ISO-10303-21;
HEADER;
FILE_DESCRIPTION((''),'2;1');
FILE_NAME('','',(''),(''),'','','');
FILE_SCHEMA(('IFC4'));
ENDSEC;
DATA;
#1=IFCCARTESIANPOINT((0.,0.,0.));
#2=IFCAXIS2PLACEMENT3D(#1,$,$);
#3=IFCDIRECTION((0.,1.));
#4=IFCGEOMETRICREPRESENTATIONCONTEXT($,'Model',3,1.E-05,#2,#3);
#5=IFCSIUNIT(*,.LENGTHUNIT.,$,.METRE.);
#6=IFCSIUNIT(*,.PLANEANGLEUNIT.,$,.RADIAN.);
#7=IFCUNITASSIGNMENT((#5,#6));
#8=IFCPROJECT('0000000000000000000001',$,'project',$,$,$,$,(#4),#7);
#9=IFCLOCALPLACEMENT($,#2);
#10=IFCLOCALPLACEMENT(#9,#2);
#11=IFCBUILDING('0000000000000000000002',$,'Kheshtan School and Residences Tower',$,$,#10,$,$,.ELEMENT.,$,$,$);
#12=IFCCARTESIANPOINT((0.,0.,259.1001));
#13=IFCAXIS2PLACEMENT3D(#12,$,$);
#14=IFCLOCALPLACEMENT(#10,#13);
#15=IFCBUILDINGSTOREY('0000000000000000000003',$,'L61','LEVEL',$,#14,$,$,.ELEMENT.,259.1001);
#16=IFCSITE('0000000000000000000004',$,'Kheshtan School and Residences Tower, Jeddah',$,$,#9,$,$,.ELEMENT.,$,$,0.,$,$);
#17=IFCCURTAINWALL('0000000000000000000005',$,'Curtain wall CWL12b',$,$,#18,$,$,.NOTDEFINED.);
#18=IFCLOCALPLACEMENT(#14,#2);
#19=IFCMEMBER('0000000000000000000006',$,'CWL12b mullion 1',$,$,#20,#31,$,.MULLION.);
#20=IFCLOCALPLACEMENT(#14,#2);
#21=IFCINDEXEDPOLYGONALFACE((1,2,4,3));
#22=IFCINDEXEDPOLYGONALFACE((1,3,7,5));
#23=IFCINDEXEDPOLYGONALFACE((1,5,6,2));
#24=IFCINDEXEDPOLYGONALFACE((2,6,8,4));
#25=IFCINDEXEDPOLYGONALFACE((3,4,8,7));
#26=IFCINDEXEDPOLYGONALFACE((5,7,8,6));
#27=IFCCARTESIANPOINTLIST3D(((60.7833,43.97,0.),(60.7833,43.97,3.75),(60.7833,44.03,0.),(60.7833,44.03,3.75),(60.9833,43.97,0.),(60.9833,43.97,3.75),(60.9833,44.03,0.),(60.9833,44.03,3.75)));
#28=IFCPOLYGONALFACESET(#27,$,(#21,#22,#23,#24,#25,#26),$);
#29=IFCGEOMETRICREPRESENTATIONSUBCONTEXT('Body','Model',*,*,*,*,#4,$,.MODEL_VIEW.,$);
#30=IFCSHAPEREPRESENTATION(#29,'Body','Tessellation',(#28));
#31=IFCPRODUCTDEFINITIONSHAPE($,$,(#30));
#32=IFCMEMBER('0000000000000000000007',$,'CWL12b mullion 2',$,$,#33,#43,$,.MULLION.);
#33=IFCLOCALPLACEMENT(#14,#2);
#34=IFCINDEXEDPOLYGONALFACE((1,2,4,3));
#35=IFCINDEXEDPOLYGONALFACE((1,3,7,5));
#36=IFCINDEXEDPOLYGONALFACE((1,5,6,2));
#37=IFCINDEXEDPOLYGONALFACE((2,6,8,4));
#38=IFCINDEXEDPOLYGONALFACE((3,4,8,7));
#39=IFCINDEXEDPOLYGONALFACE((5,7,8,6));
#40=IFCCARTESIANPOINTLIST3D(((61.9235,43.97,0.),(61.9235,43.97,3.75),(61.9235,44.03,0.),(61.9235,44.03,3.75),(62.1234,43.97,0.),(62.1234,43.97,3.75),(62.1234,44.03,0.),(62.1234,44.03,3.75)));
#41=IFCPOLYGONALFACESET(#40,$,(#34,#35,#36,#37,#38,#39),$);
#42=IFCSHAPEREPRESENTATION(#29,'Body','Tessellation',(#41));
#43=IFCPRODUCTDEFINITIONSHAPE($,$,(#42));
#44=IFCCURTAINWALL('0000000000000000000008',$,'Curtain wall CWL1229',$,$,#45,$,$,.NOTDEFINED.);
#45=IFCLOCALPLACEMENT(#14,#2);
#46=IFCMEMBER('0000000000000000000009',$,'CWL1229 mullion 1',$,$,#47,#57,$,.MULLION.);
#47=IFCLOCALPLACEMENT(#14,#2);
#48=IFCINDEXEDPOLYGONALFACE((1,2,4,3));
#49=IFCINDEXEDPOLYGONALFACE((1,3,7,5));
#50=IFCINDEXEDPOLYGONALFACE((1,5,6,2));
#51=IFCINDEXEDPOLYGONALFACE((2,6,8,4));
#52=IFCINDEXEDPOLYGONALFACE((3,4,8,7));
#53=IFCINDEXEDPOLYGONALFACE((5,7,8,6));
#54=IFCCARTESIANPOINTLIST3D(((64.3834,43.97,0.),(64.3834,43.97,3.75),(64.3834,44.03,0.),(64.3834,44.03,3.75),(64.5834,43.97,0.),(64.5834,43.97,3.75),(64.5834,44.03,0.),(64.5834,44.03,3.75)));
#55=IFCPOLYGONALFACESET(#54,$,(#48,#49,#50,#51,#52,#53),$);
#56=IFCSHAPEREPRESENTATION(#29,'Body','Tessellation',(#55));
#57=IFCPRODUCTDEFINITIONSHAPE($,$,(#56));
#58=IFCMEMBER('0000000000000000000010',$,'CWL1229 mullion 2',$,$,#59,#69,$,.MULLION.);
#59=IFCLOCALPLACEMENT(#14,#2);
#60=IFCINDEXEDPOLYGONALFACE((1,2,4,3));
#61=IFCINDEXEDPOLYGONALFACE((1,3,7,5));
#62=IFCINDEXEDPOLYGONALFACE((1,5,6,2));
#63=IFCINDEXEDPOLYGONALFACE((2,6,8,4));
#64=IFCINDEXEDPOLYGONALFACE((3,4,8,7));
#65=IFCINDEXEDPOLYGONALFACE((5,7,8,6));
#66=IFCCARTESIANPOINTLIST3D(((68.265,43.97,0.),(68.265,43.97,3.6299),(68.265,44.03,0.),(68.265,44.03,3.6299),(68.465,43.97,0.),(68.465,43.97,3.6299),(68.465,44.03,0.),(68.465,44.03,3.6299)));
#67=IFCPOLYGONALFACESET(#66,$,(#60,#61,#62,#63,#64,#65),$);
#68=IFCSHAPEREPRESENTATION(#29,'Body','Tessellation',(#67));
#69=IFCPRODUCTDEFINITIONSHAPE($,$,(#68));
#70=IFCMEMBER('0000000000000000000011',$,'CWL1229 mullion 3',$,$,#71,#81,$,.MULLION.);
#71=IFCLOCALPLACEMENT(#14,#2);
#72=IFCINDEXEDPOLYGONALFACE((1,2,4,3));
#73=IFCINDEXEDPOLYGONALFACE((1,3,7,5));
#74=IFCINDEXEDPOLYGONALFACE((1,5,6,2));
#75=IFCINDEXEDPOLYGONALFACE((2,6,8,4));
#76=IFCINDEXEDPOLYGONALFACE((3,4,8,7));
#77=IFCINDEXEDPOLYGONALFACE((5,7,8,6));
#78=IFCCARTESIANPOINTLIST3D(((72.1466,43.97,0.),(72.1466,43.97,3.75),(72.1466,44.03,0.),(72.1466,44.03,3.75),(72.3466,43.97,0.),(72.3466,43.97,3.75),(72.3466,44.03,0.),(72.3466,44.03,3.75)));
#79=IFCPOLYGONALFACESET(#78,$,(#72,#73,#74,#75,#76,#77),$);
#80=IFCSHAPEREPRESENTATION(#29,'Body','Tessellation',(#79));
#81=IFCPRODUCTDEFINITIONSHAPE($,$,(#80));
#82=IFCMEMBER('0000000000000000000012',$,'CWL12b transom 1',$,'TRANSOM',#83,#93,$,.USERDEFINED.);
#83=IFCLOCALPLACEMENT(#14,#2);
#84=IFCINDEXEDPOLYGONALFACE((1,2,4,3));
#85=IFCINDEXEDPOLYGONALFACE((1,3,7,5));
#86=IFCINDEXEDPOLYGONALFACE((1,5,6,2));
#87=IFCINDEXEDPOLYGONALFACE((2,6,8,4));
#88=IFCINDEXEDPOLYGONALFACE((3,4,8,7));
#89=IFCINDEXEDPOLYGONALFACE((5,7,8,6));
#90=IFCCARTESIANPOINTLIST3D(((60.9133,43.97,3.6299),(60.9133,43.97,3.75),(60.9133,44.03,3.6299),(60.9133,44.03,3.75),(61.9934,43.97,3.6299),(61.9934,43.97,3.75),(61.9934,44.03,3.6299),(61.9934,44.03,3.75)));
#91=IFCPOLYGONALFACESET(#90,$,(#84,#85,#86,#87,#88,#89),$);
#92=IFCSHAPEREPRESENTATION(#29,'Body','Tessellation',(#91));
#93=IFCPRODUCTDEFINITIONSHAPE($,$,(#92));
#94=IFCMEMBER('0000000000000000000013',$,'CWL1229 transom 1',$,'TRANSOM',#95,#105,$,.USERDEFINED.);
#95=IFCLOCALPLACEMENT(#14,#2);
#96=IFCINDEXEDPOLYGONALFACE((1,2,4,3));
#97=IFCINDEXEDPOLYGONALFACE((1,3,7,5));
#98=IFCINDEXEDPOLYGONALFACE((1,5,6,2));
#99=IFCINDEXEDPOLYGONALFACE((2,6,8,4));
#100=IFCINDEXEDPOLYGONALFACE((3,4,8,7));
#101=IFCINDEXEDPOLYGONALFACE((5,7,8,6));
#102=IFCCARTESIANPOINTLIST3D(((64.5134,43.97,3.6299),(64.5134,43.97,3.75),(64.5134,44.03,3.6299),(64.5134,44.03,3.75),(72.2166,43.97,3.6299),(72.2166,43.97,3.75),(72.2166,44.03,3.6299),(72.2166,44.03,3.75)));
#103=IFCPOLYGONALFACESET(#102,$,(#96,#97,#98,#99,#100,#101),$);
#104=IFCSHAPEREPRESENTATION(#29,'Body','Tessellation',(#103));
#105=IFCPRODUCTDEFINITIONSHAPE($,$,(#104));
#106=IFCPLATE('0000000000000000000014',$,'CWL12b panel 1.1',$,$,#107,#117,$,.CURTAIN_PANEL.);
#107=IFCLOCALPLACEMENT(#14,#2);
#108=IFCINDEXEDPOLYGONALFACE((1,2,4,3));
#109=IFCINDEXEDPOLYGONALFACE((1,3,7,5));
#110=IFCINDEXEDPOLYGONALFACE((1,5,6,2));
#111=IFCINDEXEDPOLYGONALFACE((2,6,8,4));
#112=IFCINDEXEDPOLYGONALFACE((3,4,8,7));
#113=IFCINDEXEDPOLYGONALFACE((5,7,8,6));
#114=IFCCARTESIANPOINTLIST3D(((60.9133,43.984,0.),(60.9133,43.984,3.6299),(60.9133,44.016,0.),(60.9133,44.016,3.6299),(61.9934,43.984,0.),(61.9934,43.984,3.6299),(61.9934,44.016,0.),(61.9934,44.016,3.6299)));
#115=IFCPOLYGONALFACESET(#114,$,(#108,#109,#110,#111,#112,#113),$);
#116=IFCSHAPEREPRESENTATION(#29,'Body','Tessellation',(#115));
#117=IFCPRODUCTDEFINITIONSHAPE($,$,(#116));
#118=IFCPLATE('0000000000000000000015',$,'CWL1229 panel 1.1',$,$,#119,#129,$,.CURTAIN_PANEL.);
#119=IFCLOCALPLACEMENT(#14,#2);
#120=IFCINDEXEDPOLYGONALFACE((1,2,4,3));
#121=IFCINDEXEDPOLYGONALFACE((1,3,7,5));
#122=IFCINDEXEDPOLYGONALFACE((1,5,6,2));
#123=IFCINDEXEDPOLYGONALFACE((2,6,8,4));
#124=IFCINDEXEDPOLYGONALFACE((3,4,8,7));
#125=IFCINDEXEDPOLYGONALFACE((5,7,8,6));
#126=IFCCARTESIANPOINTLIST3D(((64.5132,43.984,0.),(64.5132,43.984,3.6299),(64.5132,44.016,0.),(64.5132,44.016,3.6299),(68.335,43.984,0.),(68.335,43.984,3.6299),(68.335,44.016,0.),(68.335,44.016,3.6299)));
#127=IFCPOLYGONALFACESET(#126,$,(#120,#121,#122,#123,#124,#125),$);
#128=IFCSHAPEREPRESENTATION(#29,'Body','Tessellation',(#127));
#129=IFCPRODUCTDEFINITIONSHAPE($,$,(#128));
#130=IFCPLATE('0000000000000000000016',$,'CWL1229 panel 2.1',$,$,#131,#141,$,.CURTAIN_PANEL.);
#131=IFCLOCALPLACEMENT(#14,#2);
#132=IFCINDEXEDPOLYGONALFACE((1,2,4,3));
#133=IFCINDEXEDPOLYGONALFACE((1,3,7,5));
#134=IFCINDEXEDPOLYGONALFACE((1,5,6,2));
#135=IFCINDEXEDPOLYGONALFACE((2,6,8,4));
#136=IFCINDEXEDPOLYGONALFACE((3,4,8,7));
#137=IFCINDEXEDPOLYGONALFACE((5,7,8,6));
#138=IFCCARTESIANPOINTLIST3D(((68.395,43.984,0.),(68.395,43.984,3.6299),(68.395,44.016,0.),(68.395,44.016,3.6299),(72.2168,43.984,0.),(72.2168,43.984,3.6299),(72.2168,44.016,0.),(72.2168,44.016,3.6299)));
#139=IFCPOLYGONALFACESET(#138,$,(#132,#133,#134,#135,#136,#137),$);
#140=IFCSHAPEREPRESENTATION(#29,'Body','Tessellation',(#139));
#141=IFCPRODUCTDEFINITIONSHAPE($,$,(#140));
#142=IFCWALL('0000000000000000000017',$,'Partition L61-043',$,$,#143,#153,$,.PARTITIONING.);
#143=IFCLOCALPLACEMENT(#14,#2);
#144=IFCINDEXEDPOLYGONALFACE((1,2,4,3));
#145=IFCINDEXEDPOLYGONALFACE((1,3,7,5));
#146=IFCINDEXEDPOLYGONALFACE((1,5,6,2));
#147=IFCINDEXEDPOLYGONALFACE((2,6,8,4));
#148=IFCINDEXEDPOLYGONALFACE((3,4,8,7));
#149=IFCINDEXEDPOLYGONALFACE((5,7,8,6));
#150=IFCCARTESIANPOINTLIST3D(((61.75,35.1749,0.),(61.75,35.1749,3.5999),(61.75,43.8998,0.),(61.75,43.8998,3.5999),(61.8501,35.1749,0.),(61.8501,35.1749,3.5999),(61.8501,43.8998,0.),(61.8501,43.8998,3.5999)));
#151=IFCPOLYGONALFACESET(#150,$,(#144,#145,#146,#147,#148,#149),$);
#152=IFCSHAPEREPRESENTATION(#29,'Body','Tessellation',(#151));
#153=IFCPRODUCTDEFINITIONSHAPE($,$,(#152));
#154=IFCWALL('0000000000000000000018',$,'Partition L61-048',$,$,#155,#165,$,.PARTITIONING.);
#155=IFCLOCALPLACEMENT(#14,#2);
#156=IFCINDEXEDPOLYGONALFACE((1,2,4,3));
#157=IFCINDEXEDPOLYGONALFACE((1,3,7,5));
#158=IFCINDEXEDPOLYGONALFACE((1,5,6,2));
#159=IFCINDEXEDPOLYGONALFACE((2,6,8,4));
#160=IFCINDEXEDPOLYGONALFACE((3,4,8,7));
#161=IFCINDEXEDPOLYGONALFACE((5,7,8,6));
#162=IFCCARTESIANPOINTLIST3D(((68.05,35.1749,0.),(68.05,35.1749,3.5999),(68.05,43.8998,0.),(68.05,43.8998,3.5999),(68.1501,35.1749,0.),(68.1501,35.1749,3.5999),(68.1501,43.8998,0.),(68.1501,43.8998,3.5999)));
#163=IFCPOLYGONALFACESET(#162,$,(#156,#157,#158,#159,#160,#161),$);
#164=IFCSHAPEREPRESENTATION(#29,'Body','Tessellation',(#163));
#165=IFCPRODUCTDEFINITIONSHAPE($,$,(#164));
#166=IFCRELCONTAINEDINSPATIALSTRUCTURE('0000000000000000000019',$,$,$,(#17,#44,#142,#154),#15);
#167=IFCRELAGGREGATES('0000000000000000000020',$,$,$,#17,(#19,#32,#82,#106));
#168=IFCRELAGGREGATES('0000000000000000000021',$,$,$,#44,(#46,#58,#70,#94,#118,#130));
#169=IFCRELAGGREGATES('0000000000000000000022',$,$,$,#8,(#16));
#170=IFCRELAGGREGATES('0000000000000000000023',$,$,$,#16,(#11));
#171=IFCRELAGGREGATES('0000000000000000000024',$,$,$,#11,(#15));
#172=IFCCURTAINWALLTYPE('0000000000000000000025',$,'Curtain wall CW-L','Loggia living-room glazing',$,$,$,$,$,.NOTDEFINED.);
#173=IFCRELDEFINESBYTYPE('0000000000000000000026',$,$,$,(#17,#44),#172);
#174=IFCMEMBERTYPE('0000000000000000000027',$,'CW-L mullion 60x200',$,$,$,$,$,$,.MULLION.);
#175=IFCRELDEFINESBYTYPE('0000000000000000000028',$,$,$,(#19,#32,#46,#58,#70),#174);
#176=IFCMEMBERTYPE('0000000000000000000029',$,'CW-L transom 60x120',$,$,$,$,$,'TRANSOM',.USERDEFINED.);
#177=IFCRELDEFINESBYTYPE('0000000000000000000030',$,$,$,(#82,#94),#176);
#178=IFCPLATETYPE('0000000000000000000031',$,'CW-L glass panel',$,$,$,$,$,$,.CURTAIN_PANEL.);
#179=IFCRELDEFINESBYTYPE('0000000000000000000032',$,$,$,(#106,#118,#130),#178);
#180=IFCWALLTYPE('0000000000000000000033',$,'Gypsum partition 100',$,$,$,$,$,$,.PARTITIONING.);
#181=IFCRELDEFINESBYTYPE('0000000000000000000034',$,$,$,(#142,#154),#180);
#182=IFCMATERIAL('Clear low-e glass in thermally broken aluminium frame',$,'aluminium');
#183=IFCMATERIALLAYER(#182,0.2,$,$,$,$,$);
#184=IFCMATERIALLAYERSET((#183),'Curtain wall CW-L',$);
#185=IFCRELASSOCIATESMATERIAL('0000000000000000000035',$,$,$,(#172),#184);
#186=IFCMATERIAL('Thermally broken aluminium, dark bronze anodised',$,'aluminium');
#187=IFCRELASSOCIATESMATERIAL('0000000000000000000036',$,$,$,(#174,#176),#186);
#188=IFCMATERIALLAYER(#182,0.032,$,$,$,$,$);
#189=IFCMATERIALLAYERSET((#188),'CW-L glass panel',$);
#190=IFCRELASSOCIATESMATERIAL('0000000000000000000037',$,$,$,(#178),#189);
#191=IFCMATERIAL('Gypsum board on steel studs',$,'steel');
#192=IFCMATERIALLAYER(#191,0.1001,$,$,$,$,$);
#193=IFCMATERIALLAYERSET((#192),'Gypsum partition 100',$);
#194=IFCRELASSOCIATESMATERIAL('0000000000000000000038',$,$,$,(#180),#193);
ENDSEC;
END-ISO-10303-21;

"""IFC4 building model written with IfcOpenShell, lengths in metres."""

from ifc_helpers import new_model, si_unit, direction, frame, frame_2d, origin, origin_2d, place, context, subcontext, project, spatial, rectangle, extrude, material, layer, layer_set, material_profile, profile_set, type_object, element, aggregate, save


model = new_model("IFC4")

# Units and contexts
model_context = context("Model", 3, precision=1e-05, world=origin(), true_north=direction((0.0, 1.0)))
body_context = subcontext(model_context, "Body", "Model", "MODEL_VIEW")
ifc_project = project(units=[si_unit("LENGTHUNIT", "METRE"), si_unit("PLANEANGLEUNIT", "RADIAN")], contexts=[model_context])

# Site, building, storey
site_placement = place(None, origin())
site = spatial("IfcSite", under=ifc_project, at=site_placement, Name="Kheshtan School and Residences Tower, Jeddah", CompositionType="ELEMENT", RefElevation=0.0)
building_placement = place(site_placement, origin())
building = spatial("IfcBuilding", under=site, at=building_placement, Name="Kheshtan School and Residences Tower", CompositionType="ELEMENT")
storey_placement = place(building_placement, frame((0.0, 0.0, 259.1001)))
storey = spatial("IfcBuildingStorey", under=building, at=storey_placement, Name="L61", Description="LEVEL", CompositionType="ELEMENT", Elevation=259.1001)

# Curtain walls, members
ifc_material_1 = material(Name="Clear low-e glass in thermally broken aluminium frame", Category="aluminium")
ifc_layer_1 = layer(ifc_material_1, 0.2)
ifc_layer_set_1 = layer_set([ifc_layer_1], Name="Curtain wall CW-L")
curtain_wall_type = type_object("IfcCurtainWallType", Name="Curtain wall CW-L", Description="Loggia living-room glazing", PredefinedType="NOTDEFINED", material=ifc_layer_set_1)
curtain_wall_1_placement = place(storey_placement, origin())
curtain_wall_1 = element("IfcCurtainWall", 1, at=curtain_wall_1_placement, inside=storey, type_object=curtain_wall_type, Name="Curtain wall CWL12b", PredefinedType="NOTDEFINED")
ifc_material_2 = material(Name="Thermally broken aluminium, dark bronze anodised", Category="aluminium")
ifc_material_profile_1 = material_profile(ifc_material_2, rectangle(XDim=0.0601, YDim=0.2, at=origin_2d()), Name="CW-L mullion 60x200")
ifc_profile_set_1 = profile_set([ifc_material_profile_1], Name="Thermally broken aluminium, dark bronze anodised")
member_type_1 = type_object("IfcMemberType", Name="CW-L mullion 60x200", PredefinedType="MULLION", material=ifc_profile_set_1)
member_1_placement = place(storey_placement, frame((60.8833, 44.0, 0.0), z_axis=(0.0, 0.0, 1.0), x_axis=(0.0, 1.0, 0.0)))
member_1 = element("IfcMember", 2, at=member_1_placement, type_object=member_type_1, Name="CWL12b mullion 1", PredefinedType="MULLION", context=body_context, shape_type="SweptSolid", body=[
    extrude(rectangle(XDim=0.0601, YDim=0.2, at=origin_2d()), origin(), (0.0, 0.0, 1.0), 3.75),
])
member_2_placement = place(storey_placement, frame((62.0234, 44.0, 0.0), z_axis=(0.0, 0.0, 1.0), x_axis=(0.0, 1.0, 0.0)))
member_2 = element("IfcMember", 3, at=member_2_placement, type_object=member_type_1, Name="CWL12b mullion 2", PredefinedType="MULLION", context=body_context, shape_type="SweptSolid", body=[
    extrude(rectangle(XDim=0.0601, YDim=0.2, at=origin_2d()), origin(), (0.0, 0.0, 1.0), 3.75),
])
curtain_wall_2_placement = place(storey_placement, origin())
curtain_wall_2 = element("IfcCurtainWall", 4, at=curtain_wall_2_placement, inside=storey, type_object=curtain_wall_type, Name="Curtain wall CWL1229", PredefinedType="NOTDEFINED")
member_3_placement = place(storey_placement, frame((64.4834, 44.0, 0.0), z_axis=(0.0, 0.0, 1.0), x_axis=(0.0, 1.0, 0.0)))
member_3 = element("IfcMember", 5, at=member_3_placement, type_object=member_type_1, Name="CWL1229 mullion 1", PredefinedType="MULLION", context=body_context, shape_type="SweptSolid", body=[
    extrude(rectangle(XDim=0.0601, YDim=0.2, at=origin_2d()), origin(), (0.0, 0.0, 1.0), 3.75),
])
member_4_placement = place(storey_placement, frame((68.365, 44.0, 0.0), z_axis=(0.0, 0.0, 1.0), x_axis=(0.0, 1.0, 0.0)))
member_4 = element("IfcMember", 6, at=member_4_placement, type_object=member_type_1, Name="CWL1229 mullion 2", PredefinedType="MULLION", context=body_context, shape_type="SweptSolid", body=[
    extrude(rectangle(XDim=0.0601, YDim=0.2, at=origin_2d()), origin(), (0.0, 0.0, 1.0), 3.6299),
])
member_5_placement = place(storey_placement, frame((72.2466, 44.0, 0.0), z_axis=(0.0, 0.0, 1.0), x_axis=(0.0, 1.0, 0.0)))
member_5 = element("IfcMember", 7, at=member_5_placement, type_object=member_type_1, Name="CWL1229 mullion 3", PredefinedType="MULLION", context=body_context, shape_type="SweptSolid", body=[
    extrude(rectangle(XDim=0.0601, YDim=0.2, at=origin_2d()), origin(), (0.0, 0.0, 1.0), 3.75),
])

# Members
ifc_material_profile_2 = material_profile(ifc_material_2, rectangle(XDim=0.0601, YDim=0.1201, at=origin_2d()), Name="CW-L transom 60x120")
ifc_profile_set_2 = profile_set([ifc_material_profile_2], Name="Thermally broken aluminium, dark bronze anodised")
member_type_2 = type_object("IfcMemberType", Name="CW-L transom 60x120", ElementType="TRANSOM", PredefinedType="USERDEFINED", material=ifc_profile_set_2)
member_6_placement = place(storey_placement, frame((60.9133, 44.0, 3.6899), z_axis=(1.0, 0.0, 0.0), x_axis=(0.0, 1.0, 0.0)))
member_6 = element("IfcMember", 8, at=member_6_placement, type_object=member_type_2, Name="CWL12b transom 1", ObjectType="TRANSOM", PredefinedType="USERDEFINED", context=body_context, shape_type="SweptSolid", body=[
    extrude(rectangle(XDim=0.0601, YDim=0.1201, at=origin_2d()), origin(), (0.0, 0.0, 1.0), 1.0801),
])
member_7_placement = place(storey_placement, frame((64.5134, 44.0, 3.6899), z_axis=(1.0, 0.0, 0.0), x_axis=(0.0, 1.0, 0.0)))
member_7 = element("IfcMember", 9, at=member_7_placement, type_object=member_type_2, Name="CWL1229 transom 1", ObjectType="TRANSOM", PredefinedType="USERDEFINED", context=body_context, shape_type="SweptSolid", body=[
    extrude(rectangle(XDim=0.0601, YDim=0.1201, at=origin_2d()), origin(), (0.0, 0.0, 1.0), 7.7031),
])

# Plates
ifc_layer_2 = layer(ifc_material_1, 0.032)
ifc_layer_set_2 = layer_set([ifc_layer_2], Name="CW-L glass panel")
plate_type = type_object("IfcPlateType", Name="CW-L glass panel", PredefinedType="CURTAIN_PANEL", material=ifc_layer_set_2)
plate_1_placement = place(storey_placement, frame((61.4534, 44.0, 0.0), z_axis=(0.0, 0.0, 1.0), x_axis=(1.0, 0.0, 0.0)))
plate_1 = element("IfcPlate", 10, at=plate_1_placement, type_object=plate_type, Name="CWL12b panel 1.1", PredefinedType="CURTAIN_PANEL", context=body_context, shape_type="SweptSolid", body=[
    extrude(rectangle(XDim=1.0801, YDim=0.032, at=origin_2d()), origin(), (0.0, 0.0, 1.0), 3.6299),
])
aggregate(curtain_wall_1, [member_1, member_2, member_6, plate_1])
plate_2_placement = place(storey_placement, frame((66.4241, 44.0, 0.0), z_axis=(0.0, 0.0, 1.0), x_axis=(1.0, 0.0, 0.0)))
plate_2 = element("IfcPlate", 11, at=plate_2_placement, type_object=plate_type, Name="CWL1229 panel 1.1", PredefinedType="CURTAIN_PANEL", context=body_context, shape_type="SweptSolid", body=[
    extrude(rectangle(XDim=3.8218, YDim=0.032, at=origin_2d()), origin(), (0.0, 0.0, 1.0), 3.6299),
])
plate_3_placement = place(storey_placement, frame((70.3059, 44.0, 0.0), z_axis=(0.0, 0.0, 1.0), x_axis=(1.0, 0.0, 0.0)))
plate_3 = element("IfcPlate", 12, at=plate_3_placement, type_object=plate_type, Name="CWL1229 panel 2.1", PredefinedType="CURTAIN_PANEL", context=body_context, shape_type="SweptSolid", body=[
    extrude(rectangle(XDim=3.8218, YDim=0.032, at=origin_2d()), origin(), (0.0, 0.0, 1.0), 3.6299),
])
aggregate(curtain_wall_2, [member_3, member_4, member_5, member_7, plate_2, plate_3])

# Walls
ifc_material_3 = material(Name="Gypsum board on steel studs", Category="steel")
ifc_layer_3 = layer(ifc_material_3, 0.1001)
ifc_layer_set_3 = layer_set([ifc_layer_3], Name="Gypsum partition 100")
wall_type_1 = type_object("IfcWallType", Name="Gypsum partition 100", PredefinedType="PARTITIONING", material=ifc_layer_set_3)
for number, where, z_axis, x_axis, name in (
    (13, (61.8, 35.175, 0.0), (0.0, 0.0, 1.0), (0.0, 1.0, 0.0), "Partition L61-043"),
    (14, (68.1001, 35.175, 0.0), (0.0, 0.0, 1.0), (0.0, 1.0, 0.0), "Partition L61-048"),
):
    element("IfcWall", number, at=place(storey_placement, frame(where, z_axis=z_axis, x_axis=x_axis)), inside=storey, type_object=wall_type_1, Name=name, PredefinedType="PARTITIONING", context=body_context, shape_type="SweptSolid", body=[
        extrude(rectangle(XDim=8.7249, YDim=0.1001, at=frame_2d((4.3623, 0.0))), origin(), (0.0, 0.0, 1.0), 3.5999),
    ])

save(model, "model.ifc")
